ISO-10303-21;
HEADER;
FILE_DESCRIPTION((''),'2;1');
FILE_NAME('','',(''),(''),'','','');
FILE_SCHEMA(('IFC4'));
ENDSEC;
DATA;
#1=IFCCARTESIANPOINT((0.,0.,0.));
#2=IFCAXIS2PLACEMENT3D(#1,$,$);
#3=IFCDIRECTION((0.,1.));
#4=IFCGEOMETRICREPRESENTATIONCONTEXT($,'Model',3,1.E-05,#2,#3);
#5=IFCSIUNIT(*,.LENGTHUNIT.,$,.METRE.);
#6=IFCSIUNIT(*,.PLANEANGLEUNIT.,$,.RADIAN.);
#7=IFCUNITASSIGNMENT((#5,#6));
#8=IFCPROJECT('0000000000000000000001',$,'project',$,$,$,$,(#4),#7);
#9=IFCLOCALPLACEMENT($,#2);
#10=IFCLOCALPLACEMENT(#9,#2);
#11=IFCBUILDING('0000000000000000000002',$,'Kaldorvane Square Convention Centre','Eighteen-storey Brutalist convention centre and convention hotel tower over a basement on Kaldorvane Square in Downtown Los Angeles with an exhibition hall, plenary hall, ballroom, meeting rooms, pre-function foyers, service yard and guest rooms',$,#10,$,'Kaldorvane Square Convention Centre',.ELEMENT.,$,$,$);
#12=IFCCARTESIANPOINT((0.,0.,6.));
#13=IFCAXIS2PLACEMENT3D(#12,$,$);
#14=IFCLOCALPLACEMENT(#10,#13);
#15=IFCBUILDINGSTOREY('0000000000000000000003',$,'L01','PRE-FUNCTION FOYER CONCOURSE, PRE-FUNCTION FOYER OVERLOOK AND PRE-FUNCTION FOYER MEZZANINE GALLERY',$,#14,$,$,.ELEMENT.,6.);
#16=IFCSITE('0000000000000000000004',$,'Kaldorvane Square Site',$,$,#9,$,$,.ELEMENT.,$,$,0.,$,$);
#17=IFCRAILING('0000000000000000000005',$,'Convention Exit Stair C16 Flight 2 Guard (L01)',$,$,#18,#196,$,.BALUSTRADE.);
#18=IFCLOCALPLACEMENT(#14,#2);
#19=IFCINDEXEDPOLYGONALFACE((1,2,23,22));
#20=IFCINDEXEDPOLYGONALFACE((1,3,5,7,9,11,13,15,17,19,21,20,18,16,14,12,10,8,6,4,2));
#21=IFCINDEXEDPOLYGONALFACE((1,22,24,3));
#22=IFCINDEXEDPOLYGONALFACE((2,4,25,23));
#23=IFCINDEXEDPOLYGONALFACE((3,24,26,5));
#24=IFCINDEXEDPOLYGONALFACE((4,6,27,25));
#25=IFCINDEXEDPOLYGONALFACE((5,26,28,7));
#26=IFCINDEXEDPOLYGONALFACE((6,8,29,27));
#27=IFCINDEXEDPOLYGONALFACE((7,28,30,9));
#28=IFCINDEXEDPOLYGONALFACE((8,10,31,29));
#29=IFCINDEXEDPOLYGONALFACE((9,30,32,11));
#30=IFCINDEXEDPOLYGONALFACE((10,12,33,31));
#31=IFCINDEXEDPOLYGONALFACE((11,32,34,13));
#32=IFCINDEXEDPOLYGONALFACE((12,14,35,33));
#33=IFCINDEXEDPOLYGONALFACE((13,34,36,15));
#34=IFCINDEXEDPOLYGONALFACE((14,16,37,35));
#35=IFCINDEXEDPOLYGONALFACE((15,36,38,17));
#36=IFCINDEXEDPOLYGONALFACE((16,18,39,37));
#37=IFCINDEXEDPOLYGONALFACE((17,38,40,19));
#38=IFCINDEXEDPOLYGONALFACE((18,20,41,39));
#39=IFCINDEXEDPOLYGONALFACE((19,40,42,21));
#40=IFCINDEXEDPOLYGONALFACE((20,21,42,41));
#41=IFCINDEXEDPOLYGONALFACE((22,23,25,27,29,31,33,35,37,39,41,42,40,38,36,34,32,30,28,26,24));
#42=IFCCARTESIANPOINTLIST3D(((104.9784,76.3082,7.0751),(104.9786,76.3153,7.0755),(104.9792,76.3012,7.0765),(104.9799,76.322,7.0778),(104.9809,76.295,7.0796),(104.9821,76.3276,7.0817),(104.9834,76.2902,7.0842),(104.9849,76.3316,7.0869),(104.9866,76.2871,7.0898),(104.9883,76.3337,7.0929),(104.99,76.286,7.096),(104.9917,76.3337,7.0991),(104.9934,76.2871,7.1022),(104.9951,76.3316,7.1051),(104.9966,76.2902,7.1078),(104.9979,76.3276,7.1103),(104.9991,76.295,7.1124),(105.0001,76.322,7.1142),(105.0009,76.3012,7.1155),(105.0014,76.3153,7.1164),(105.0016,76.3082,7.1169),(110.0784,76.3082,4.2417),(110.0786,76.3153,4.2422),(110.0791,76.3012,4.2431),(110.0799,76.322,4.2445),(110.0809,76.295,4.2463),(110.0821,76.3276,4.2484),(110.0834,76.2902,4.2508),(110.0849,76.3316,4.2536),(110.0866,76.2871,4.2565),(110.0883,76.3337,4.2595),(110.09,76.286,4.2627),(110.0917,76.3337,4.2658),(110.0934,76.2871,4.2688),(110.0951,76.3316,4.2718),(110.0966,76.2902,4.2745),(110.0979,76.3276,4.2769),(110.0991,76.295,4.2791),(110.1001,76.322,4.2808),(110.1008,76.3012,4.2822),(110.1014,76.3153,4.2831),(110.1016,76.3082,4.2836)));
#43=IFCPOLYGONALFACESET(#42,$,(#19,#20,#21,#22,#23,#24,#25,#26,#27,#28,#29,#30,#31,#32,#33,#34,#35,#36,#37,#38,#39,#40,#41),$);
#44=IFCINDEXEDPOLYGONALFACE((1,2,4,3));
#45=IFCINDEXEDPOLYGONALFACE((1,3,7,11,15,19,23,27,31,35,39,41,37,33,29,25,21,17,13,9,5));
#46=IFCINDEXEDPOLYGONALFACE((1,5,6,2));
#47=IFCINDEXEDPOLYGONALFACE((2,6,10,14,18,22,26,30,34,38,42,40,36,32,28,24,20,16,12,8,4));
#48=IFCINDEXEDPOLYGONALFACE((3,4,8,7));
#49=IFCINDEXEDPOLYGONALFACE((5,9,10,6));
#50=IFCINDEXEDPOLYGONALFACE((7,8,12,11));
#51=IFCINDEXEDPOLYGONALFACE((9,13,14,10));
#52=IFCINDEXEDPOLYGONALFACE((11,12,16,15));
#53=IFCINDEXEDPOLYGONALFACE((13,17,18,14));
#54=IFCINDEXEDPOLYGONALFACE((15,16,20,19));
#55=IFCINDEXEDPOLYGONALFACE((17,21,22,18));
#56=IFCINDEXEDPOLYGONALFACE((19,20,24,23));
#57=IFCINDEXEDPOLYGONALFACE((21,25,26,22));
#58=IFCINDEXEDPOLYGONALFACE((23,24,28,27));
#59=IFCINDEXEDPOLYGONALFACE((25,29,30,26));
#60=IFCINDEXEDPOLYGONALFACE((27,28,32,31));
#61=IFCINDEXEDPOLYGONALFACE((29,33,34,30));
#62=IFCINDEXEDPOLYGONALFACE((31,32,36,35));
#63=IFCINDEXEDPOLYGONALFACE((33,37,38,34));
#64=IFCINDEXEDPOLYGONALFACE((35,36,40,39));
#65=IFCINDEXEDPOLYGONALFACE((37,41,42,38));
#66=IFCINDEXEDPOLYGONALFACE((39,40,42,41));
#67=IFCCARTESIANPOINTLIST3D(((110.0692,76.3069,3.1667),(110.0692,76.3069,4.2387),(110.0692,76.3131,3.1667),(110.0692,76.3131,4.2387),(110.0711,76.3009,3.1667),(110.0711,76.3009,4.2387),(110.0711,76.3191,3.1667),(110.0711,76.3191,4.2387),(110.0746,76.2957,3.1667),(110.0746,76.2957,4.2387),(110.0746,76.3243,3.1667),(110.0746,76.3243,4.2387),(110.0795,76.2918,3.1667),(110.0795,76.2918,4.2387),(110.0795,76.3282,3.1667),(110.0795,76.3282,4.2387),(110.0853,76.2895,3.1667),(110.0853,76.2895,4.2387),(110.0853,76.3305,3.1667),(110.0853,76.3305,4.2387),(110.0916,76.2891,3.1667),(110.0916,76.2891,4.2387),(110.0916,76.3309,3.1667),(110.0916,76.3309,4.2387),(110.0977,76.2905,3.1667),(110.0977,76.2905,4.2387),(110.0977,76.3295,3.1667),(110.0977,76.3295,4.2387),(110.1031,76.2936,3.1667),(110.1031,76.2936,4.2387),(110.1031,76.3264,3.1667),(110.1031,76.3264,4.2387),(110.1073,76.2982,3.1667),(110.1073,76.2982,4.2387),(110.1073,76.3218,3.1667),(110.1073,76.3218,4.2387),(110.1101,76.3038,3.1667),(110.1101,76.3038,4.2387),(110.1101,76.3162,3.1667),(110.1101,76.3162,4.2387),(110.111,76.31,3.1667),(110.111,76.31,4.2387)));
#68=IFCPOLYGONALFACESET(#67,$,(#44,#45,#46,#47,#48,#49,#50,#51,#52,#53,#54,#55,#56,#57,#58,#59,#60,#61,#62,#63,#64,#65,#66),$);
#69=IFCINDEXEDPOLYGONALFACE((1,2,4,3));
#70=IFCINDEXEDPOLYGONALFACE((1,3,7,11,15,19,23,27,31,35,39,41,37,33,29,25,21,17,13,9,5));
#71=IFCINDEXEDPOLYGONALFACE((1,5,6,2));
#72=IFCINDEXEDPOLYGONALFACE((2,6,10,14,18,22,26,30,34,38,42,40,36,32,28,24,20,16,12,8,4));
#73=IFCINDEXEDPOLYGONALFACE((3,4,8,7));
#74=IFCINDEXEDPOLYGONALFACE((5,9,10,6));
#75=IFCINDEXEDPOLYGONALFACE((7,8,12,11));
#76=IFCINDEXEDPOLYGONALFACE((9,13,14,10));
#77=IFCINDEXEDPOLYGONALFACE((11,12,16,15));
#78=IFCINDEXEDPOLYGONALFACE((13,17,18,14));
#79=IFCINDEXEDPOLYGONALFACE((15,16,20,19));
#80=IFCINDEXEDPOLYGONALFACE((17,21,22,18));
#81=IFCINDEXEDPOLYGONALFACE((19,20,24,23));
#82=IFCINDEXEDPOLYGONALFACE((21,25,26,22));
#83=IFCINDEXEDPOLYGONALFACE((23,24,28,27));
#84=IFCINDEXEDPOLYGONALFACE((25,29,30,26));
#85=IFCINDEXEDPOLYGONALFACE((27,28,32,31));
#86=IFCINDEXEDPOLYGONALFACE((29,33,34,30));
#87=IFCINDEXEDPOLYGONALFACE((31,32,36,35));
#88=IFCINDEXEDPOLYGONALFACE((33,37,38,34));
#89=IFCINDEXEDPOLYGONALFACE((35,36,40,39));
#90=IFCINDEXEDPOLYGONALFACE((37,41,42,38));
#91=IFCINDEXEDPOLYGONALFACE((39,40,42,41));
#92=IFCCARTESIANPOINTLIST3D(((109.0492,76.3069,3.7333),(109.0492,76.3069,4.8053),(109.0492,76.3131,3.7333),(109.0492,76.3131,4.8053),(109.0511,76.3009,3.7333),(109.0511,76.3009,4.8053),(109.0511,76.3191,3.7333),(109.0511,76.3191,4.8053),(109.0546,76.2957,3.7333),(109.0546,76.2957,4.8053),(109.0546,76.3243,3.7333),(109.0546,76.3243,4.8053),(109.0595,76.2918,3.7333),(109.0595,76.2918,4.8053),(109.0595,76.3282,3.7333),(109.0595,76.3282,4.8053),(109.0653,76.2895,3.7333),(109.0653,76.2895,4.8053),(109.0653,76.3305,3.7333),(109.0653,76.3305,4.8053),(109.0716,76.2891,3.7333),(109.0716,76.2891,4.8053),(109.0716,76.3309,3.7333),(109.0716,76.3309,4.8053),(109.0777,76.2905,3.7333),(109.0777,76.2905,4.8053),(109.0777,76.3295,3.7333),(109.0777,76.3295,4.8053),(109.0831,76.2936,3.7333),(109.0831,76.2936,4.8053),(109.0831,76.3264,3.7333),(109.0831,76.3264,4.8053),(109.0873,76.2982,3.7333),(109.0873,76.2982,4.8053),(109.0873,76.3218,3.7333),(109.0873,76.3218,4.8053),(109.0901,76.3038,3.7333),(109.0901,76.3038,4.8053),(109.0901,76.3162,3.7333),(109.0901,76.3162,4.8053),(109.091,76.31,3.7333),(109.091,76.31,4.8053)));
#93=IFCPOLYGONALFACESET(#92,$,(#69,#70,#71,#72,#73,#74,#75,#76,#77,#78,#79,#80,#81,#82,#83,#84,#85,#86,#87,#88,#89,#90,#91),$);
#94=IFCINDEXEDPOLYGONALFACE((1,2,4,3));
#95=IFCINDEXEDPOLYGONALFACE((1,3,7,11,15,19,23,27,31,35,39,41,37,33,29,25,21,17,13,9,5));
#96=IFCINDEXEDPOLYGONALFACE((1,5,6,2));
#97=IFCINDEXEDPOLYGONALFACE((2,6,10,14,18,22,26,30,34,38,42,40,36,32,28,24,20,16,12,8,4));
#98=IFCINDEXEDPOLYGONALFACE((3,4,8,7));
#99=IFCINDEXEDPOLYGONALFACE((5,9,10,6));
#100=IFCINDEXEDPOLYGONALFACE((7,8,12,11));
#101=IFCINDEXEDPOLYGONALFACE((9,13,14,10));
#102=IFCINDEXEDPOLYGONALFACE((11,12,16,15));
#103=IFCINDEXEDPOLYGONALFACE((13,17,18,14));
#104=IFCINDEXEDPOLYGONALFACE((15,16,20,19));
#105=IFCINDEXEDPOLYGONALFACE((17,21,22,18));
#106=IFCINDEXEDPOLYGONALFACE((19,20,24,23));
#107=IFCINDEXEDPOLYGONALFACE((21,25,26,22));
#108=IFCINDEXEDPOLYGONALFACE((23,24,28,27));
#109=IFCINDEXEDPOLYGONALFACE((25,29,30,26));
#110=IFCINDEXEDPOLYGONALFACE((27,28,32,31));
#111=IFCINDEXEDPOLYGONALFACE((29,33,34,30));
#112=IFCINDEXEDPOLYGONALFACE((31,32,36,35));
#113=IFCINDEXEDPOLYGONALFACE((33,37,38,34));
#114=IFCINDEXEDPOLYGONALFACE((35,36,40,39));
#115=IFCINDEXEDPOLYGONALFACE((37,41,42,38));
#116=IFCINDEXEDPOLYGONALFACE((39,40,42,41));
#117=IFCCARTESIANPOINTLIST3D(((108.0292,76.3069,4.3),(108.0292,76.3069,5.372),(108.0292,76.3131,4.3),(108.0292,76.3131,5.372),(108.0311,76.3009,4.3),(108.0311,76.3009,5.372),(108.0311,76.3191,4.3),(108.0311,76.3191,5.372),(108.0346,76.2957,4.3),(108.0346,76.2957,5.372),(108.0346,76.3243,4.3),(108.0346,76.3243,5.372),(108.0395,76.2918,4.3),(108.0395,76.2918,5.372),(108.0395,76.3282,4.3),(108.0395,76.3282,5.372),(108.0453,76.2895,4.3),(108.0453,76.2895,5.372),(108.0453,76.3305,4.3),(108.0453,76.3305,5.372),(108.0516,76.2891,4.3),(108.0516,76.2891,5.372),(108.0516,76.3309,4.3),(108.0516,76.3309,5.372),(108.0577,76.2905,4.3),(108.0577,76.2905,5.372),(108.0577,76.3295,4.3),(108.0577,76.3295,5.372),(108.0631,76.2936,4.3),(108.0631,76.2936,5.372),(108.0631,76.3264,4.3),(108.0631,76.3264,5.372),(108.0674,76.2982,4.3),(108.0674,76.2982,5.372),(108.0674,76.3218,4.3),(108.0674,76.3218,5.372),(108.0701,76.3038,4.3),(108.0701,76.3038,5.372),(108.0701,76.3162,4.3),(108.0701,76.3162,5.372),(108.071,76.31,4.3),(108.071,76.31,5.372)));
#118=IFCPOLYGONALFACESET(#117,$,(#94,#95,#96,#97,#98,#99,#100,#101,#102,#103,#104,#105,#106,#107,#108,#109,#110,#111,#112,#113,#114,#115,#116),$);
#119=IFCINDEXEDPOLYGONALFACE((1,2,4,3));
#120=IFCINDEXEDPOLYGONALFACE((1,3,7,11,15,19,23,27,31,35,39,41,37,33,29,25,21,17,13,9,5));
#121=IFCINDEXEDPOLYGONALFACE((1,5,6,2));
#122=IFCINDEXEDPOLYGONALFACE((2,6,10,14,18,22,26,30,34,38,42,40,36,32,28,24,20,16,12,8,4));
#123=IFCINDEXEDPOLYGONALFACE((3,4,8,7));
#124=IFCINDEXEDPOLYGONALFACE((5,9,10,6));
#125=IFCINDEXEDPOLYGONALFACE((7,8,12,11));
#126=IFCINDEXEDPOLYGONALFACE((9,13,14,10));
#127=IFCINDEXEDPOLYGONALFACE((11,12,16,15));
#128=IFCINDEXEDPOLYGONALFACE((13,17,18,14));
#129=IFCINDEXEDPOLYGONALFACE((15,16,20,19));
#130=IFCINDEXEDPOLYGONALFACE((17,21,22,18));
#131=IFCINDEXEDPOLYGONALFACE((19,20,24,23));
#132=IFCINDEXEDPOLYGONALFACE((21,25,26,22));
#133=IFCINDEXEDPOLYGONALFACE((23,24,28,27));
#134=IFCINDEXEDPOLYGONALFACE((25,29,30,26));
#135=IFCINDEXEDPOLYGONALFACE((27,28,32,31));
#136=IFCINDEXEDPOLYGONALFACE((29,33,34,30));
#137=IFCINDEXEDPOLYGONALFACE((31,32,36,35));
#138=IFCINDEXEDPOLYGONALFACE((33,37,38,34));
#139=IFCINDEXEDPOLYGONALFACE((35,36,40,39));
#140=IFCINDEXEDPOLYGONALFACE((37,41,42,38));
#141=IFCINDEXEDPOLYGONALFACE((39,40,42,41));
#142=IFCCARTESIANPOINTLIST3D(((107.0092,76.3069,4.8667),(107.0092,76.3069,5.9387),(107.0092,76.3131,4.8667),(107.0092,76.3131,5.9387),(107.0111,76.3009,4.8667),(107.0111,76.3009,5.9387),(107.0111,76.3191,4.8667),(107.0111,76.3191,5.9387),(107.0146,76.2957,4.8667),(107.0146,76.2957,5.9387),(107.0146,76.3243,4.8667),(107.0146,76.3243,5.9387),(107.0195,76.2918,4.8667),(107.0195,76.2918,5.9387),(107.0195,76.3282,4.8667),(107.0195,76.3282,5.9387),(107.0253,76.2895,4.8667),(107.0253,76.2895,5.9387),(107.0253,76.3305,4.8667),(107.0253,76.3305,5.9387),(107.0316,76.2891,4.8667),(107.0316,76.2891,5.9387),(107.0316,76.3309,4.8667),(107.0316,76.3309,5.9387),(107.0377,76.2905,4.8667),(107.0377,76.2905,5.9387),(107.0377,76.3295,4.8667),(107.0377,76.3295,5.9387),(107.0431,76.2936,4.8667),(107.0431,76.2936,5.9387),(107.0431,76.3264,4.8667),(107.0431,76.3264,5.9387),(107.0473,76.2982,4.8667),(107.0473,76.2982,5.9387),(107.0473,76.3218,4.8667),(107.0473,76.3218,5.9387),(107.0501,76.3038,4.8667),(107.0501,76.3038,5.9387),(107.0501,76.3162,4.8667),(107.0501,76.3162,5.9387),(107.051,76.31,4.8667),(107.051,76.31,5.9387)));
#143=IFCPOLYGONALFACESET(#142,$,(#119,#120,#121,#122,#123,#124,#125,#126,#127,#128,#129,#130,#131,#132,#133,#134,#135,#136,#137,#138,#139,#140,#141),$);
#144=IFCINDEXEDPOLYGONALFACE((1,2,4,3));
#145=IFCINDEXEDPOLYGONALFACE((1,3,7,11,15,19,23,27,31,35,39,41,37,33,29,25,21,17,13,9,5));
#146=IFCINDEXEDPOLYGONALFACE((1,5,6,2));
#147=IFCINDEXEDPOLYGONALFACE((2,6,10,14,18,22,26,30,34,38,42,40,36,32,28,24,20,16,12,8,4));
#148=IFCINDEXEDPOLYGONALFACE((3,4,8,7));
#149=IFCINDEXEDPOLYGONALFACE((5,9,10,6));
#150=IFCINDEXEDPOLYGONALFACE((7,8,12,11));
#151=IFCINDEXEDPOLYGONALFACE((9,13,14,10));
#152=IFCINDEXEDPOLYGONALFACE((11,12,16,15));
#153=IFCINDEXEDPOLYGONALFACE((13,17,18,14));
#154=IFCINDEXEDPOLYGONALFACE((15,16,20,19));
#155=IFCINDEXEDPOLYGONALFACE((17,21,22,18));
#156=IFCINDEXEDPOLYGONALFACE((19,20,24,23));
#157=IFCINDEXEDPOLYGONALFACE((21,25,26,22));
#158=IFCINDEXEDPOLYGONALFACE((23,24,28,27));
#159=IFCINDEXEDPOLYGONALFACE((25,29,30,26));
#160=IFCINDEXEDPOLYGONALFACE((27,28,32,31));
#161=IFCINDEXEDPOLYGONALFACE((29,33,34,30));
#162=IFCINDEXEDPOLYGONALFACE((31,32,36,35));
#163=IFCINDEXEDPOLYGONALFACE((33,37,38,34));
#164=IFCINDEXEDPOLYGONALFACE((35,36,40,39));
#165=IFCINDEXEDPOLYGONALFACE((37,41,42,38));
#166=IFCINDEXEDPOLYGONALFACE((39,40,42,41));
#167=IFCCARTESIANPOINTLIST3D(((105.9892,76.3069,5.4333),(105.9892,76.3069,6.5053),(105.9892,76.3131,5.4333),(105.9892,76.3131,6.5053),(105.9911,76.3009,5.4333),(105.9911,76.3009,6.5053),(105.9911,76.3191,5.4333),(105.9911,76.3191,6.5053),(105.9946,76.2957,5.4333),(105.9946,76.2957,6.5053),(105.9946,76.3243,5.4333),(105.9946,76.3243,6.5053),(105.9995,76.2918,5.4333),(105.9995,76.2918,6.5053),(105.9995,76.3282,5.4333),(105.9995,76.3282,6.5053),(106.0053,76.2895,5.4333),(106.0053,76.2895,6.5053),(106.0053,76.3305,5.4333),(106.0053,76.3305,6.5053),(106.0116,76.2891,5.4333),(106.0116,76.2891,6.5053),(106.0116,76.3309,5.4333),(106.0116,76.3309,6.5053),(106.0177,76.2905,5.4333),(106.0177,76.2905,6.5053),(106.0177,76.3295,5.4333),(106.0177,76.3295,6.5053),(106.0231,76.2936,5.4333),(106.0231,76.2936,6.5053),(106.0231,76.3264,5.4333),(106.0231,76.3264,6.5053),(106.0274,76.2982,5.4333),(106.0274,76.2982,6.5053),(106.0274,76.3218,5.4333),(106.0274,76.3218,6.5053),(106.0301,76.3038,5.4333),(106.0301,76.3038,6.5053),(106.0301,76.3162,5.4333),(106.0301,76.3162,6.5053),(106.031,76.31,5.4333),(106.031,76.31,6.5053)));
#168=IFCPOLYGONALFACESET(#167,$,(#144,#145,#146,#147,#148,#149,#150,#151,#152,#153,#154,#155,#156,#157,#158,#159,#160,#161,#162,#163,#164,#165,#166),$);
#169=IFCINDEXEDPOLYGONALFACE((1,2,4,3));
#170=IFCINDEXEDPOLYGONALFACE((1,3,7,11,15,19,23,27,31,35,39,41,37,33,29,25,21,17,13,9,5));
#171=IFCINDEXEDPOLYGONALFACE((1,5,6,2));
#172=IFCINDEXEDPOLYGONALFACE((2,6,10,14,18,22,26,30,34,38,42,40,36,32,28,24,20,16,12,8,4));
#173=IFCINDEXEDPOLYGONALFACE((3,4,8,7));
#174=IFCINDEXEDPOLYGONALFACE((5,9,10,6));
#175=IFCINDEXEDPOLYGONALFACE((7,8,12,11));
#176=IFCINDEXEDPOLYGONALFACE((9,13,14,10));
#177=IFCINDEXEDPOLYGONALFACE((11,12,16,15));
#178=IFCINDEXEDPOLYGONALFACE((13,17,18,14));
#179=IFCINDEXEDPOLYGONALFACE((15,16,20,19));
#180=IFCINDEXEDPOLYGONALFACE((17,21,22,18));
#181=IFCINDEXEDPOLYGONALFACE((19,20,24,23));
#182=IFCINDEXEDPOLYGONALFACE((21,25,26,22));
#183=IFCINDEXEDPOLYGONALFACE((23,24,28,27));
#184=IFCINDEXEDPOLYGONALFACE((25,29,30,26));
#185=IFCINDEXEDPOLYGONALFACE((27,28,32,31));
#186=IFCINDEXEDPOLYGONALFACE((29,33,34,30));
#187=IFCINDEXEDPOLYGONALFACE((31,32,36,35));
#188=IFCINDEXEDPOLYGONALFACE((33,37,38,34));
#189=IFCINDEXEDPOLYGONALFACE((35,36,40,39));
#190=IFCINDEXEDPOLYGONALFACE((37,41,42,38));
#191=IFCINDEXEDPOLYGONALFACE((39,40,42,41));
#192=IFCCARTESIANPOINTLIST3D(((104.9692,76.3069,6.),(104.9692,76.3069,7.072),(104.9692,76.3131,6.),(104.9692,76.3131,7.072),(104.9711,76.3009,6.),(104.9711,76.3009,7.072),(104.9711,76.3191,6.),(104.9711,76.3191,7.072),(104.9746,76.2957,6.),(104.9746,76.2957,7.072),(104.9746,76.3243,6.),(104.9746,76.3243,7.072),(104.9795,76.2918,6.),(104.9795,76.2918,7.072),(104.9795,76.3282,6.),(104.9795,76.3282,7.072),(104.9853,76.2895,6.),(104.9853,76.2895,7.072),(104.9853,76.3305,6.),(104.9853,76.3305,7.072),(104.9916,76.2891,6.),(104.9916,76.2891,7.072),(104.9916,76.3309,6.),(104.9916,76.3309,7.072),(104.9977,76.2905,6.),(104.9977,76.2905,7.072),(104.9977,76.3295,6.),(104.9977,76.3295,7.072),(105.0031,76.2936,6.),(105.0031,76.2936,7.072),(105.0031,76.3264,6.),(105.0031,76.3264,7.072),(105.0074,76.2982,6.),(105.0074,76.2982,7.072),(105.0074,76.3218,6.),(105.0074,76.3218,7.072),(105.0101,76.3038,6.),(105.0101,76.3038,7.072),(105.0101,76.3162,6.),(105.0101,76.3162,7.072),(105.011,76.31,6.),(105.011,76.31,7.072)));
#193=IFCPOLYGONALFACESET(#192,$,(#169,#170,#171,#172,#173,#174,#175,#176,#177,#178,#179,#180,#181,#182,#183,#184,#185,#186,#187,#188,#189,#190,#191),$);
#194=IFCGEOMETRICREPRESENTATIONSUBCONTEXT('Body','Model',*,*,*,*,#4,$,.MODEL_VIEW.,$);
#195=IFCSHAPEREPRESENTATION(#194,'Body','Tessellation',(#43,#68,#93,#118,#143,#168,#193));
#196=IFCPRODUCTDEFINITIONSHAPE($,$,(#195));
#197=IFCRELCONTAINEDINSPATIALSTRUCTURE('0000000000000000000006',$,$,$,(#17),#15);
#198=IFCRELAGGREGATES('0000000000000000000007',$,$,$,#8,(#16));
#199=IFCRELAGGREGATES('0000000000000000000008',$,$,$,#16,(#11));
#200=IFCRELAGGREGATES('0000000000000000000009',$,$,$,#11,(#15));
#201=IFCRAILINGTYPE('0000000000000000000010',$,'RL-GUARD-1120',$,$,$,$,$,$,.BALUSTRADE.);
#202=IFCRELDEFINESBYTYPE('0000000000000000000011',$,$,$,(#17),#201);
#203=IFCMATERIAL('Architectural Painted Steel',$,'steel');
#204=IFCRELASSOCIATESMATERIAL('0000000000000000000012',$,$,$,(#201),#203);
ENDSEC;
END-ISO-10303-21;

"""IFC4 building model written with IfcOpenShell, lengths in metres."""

from ifc_helpers import new_model, si_unit, direction, frame, origin, origin_2d, place, context, subcontext, project, spatial, circle, extrude, material, type_object, element, save


model = new_model("IFC4")

# Units and contexts
model_context = context("Model", 3, precision=1e-05, world=origin(), true_north=direction((0.0, 1.0)))
body_context = subcontext(model_context, "Body", "Model", "MODEL_VIEW")
ifc_project = project(units=[si_unit("LENGTHUNIT", "METRE"), si_unit("PLANEANGLEUNIT", "RADIAN")], contexts=[model_context])

# Site, building, storey
site_placement = place(None, origin())
site = spatial("IfcSite", under=ifc_project, at=site_placement, Name="Kaldorvane Square Site", CompositionType="ELEMENT", RefElevation=0.0)
building_placement = place(site_placement, origin())
building = spatial("IfcBuilding", under=site, at=building_placement, Name="Kaldorvane Square Convention Centre", Description="Eighteen-storey Brutalist convention centre and convention hotel tower over a basement on Kaldorvane Square in Downtown Los Angeles with an exhibition hall, plenary hall, ballroom, meeting rooms, pre-function foyers, service yard and guest rooms", LongName="Kaldorvane Square Convention Centre", CompositionType="ELEMENT")
storey_placement = place(building_placement, frame((0.0, 0.0, 6.0)))
storey = spatial("IfcBuildingStorey", under=building, at=storey_placement, Name="L01", Description="PRE-FUNCTION FOYER CONCOURSE, PRE-FUNCTION FOYER OVERLOOK AND PRE-FUNCTION FOYER MEZZANINE GALLERY", CompositionType="ELEMENT", Elevation=6.0)

# Railing
ifc_material_1 = material(Name="Architectural Painted Steel", Category="steel")
railing_type_1 = type_object("IfcRailingType", Name="RL-GUARD-1120", PredefinedType="BALUSTRADE", material=ifc_material_1)
railing_1_placement = place(storey_placement, frame((110.09, 76.31, 3.1667)))
element("IfcRailing", 1, at=railing_1_placement, inside=storey, type_object=railing_type_1, Name="Convention Exit Stair C16 Flight 2 Guard (L01)", PredefinedType="BALUSTRADE", context=body_context, shape_type="SweptSolid", body=[
    extrude(circle(Radius=0.024, at=origin_2d()), frame((0.0, 0.0, 1.096), z_axis=(-0.874157, 0.0, 0.485643), x_axis=(0.0, -1.0, 0.0)), (0.0, 0.0, 1.0), 5.8342),
    extrude(circle(Radius=0.021, at=origin_2d()), origin(), (0.0, 0.0, 1.0), 1.072),
    extrude(circle(Radius=0.021, at=origin_2d()), frame((-1.02, 0.0, 0.5667)), (0.0, 0.0, 1.0), 1.072),
    extrude(circle(Radius=0.021, at=origin_2d()), frame((-2.04, 0.0, 1.1333)), (0.0, 0.0, 1.0), 1.072),
    extrude(circle(Radius=0.021, at=origin_2d()), frame((-3.06, 0.0, 1.7)), (0.0, 0.0, 1.0), 1.072),
    extrude(circle(Radius=0.021, at=origin_2d()), frame((-4.08, 0.0, 2.2667)), (0.0, 0.0, 1.0), 1.072),
    extrude(circle(Radius=0.021, at=origin_2d()), frame((-5.1, 0.0, 2.8333)), (0.0, 0.0, 1.0), 1.072),
])

save(model, "model.ifc")
